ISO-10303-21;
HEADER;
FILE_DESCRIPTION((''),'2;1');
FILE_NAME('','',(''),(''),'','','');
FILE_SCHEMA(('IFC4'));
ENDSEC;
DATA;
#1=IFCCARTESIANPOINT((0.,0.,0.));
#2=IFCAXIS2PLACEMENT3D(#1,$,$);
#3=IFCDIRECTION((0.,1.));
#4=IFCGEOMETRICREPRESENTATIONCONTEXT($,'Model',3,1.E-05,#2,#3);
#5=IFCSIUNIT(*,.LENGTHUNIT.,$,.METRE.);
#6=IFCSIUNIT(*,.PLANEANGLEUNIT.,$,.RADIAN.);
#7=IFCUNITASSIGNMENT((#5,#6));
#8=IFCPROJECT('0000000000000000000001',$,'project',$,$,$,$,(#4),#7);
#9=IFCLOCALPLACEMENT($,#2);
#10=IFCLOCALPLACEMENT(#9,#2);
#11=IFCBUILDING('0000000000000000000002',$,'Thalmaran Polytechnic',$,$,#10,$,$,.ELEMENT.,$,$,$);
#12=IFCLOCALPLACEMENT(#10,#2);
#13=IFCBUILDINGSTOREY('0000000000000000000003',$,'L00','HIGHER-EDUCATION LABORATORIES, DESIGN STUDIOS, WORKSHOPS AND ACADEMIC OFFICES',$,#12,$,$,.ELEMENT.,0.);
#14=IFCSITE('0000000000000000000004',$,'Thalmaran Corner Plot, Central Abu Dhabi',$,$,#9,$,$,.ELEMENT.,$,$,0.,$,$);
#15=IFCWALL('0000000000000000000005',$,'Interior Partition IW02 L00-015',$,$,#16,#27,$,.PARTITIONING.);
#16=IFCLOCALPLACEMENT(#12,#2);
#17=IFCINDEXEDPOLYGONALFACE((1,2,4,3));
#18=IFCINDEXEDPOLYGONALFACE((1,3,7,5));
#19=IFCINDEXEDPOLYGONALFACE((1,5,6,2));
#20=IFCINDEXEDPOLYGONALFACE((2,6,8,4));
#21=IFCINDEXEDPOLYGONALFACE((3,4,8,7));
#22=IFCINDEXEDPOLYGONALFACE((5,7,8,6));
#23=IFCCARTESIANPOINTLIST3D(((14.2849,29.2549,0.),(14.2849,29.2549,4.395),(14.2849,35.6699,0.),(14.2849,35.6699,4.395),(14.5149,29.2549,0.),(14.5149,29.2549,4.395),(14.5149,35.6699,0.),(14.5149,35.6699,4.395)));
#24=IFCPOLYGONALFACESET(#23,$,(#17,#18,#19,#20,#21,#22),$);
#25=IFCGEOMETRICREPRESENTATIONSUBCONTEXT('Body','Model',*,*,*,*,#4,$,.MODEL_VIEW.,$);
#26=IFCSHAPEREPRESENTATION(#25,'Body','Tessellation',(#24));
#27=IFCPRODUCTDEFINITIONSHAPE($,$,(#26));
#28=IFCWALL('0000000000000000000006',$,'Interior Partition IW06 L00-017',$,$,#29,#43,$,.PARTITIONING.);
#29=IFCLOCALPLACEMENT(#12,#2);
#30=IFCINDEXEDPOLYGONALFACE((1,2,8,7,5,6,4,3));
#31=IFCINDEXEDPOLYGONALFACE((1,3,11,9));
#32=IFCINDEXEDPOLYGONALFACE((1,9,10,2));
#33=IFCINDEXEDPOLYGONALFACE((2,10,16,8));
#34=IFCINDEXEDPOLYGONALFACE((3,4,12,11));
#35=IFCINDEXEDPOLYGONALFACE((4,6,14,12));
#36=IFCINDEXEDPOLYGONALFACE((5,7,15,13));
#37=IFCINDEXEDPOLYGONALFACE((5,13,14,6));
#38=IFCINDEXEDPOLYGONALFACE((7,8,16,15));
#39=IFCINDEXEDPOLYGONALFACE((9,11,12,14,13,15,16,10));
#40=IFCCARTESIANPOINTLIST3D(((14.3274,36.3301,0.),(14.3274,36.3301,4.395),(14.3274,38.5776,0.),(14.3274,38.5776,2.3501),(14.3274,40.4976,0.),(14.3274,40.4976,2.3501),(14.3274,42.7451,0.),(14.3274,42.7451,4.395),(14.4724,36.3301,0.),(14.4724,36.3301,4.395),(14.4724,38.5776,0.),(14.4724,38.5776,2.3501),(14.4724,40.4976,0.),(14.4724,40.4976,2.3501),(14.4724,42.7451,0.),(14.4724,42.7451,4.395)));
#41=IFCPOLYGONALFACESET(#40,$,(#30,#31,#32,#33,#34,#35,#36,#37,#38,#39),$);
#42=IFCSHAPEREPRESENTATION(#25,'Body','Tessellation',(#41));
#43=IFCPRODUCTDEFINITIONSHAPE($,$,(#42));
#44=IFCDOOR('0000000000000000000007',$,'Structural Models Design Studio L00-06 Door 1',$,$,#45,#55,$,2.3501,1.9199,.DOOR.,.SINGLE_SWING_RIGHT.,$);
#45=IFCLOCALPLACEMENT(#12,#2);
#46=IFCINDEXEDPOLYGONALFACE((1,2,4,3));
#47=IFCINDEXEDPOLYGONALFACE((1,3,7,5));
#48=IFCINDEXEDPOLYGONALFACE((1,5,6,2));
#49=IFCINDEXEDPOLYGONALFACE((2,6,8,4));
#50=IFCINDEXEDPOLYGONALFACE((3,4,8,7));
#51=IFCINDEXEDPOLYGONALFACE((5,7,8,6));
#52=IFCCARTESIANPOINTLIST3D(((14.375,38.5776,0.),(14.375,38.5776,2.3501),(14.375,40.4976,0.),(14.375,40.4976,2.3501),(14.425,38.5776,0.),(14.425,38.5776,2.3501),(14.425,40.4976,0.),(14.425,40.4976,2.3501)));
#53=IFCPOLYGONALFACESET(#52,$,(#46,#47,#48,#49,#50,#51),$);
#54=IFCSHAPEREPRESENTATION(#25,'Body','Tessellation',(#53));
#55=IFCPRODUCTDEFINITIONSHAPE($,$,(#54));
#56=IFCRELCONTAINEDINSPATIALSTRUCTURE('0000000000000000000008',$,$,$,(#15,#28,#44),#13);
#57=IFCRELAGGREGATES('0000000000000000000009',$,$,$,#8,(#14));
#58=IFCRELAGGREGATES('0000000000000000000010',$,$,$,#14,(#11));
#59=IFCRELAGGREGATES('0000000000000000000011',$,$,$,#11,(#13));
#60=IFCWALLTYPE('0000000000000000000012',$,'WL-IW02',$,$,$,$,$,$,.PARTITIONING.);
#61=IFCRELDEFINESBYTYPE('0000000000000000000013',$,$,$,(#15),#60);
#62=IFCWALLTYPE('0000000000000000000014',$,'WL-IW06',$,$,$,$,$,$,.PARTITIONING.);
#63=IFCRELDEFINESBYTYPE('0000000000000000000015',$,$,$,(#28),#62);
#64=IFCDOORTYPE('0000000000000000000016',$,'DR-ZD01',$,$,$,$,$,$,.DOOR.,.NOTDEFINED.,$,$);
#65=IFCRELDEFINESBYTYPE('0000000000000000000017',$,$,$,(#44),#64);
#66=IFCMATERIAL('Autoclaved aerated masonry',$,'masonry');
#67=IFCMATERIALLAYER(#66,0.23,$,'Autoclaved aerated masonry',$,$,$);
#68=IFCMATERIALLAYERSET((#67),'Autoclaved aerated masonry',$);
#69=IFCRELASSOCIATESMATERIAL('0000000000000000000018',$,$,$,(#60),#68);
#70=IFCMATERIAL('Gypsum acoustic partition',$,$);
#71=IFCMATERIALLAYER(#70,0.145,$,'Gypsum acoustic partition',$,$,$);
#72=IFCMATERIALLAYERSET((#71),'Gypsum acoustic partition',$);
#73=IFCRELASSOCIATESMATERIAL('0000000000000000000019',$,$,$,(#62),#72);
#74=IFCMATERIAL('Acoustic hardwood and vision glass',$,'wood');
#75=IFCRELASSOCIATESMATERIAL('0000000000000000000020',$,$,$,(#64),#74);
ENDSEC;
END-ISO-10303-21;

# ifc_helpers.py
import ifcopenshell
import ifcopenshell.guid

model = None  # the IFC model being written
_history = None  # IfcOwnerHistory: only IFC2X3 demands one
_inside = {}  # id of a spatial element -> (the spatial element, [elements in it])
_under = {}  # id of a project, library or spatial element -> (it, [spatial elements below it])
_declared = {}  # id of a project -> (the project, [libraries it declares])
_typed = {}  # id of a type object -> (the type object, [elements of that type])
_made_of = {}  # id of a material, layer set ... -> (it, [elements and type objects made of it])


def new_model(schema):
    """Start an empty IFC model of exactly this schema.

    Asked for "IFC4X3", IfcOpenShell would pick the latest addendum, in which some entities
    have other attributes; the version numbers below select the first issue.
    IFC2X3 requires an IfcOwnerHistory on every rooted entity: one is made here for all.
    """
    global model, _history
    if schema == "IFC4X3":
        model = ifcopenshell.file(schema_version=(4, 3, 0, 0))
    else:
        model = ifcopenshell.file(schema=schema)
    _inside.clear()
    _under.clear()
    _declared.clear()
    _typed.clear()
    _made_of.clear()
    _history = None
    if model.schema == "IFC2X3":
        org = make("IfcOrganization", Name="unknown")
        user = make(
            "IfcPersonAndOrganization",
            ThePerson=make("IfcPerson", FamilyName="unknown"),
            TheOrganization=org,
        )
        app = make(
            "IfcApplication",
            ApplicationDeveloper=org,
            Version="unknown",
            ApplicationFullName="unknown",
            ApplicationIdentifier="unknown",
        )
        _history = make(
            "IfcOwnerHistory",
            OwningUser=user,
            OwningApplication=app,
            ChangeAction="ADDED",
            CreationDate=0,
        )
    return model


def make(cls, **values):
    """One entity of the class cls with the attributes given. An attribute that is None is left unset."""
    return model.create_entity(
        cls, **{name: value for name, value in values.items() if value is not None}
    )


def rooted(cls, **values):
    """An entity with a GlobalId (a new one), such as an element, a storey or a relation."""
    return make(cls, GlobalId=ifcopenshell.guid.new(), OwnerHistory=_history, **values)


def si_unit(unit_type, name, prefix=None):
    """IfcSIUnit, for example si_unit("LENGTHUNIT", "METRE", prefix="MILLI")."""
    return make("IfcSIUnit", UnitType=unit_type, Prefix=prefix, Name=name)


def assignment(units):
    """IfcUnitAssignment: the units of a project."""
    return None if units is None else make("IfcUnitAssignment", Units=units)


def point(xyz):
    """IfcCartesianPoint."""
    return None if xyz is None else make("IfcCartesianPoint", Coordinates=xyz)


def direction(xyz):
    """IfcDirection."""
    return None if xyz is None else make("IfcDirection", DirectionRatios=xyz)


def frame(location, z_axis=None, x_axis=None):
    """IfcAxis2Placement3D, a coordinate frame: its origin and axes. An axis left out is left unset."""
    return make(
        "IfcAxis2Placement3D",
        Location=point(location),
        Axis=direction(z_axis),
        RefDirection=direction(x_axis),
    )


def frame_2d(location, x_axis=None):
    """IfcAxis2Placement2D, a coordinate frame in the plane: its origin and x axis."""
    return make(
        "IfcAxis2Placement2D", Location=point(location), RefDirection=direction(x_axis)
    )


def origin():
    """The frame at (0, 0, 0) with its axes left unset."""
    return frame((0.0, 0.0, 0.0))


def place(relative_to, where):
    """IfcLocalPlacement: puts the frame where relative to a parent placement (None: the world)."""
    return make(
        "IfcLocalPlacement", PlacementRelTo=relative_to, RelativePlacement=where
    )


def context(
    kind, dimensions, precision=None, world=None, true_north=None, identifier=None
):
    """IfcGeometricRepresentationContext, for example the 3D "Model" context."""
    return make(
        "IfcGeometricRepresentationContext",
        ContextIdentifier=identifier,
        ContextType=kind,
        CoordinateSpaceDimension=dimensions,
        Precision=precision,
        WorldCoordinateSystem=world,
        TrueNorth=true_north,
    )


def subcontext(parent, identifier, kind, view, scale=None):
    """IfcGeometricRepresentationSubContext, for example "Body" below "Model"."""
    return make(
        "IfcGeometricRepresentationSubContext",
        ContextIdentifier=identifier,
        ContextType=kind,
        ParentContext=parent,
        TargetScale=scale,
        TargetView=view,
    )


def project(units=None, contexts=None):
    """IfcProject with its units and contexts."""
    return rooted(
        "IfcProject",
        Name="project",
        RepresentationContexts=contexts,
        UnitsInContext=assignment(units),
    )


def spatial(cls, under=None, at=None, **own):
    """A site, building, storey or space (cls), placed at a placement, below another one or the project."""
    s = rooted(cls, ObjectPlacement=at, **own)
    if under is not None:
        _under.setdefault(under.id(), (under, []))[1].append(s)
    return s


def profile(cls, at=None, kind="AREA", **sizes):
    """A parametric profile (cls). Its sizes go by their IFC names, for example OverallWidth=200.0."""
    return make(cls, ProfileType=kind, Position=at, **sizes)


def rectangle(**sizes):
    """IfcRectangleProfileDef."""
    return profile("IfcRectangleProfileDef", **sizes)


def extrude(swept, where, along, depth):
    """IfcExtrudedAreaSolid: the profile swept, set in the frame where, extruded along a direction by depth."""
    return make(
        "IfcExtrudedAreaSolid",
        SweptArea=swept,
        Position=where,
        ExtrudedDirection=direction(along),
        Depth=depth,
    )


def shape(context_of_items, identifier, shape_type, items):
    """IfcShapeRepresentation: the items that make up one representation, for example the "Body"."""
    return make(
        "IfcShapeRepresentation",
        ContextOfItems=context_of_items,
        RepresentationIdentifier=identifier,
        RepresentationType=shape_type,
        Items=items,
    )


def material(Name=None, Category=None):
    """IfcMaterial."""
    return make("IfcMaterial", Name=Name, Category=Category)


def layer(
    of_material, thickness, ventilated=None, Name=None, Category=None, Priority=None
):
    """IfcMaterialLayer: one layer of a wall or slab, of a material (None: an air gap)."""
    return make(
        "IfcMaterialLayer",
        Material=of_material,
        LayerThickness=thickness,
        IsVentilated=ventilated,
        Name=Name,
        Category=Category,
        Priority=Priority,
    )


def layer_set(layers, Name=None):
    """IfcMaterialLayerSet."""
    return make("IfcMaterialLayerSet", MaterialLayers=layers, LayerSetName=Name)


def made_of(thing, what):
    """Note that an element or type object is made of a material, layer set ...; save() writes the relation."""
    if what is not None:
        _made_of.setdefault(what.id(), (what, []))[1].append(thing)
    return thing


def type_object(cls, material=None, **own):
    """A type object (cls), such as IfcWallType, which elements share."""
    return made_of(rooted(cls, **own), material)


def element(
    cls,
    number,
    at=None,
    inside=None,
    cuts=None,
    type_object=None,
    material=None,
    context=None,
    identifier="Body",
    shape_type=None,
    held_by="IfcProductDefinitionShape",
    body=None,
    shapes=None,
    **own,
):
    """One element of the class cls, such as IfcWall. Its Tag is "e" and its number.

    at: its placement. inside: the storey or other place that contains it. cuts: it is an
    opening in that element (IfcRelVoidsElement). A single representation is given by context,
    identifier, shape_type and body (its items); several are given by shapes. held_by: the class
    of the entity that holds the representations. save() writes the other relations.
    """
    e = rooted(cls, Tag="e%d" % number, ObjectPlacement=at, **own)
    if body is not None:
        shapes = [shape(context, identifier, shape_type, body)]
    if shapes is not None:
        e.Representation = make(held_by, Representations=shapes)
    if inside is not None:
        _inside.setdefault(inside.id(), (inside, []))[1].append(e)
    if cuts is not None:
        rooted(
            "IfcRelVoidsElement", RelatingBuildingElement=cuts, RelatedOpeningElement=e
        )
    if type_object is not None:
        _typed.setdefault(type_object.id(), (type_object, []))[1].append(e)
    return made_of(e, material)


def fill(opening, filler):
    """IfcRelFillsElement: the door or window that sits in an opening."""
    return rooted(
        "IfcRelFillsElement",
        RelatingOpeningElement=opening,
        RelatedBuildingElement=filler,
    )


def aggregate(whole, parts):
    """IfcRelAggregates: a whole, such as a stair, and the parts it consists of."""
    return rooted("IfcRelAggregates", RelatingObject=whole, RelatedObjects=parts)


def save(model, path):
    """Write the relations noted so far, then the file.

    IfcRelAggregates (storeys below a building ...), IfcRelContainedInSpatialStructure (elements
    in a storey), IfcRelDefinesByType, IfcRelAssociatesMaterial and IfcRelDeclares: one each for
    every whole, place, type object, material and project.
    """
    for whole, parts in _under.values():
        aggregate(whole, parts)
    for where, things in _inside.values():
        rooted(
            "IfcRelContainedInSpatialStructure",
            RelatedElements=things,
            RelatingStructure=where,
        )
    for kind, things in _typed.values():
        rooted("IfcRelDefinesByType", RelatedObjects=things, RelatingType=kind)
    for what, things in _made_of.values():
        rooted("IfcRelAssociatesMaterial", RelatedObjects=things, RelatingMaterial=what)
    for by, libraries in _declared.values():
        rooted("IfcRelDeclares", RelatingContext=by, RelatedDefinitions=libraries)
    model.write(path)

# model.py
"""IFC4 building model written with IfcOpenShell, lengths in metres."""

from ifc_helpers import new_model, si_unit, direction, frame, frame_2d, origin, place, context, subcontext, project, spatial, rectangle, extrude, material, layer, layer_set, type_object, element, fill, save


model = new_model("IFC4")

# Units and contexts
model_context = context("Model", 3, precision=1e-05, world=origin(), true_north=direction((0.0, 1.0)))
body_context = subcontext(model_context, "Body", "Model", "MODEL_VIEW")
ifc_project = project(units=[si_unit("LENGTHUNIT", "METRE"), si_unit("PLANEANGLEUNIT", "RADIAN")], contexts=[model_context])

# Site, building, storey
site_placement = place(None, origin())
site = spatial("IfcSite", under=ifc_project, at=site_placement, Name="Thalmaran Corner Plot, Central Abu Dhabi", CompositionType="ELEMENT", RefElevation=0.0)
building_placement = place(site_placement, origin())
building = spatial("IfcBuilding", under=site, at=building_placement, Name="Thalmaran Polytechnic", CompositionType="ELEMENT")
storey_placement = place(building_placement, origin())
storey = spatial("IfcBuildingStorey", under=building, at=storey_placement, Name="L00", Description="HIGHER-EDUCATION LABORATORIES, DESIGN STUDIOS, WORKSHOPS AND ACADEMIC OFFICES", CompositionType="ELEMENT", Elevation=0.0)

# Wall
ifc_material_1 = material(Name="Autoclaved aerated masonry", Category="masonry")
ifc_layer_1 = layer(ifc_material_1, 0.23, Name="Autoclaved aerated masonry")
ifc_layer_set_1 = layer_set([ifc_layer_1], Name="Autoclaved aerated masonry")
wall_type_1 = type_object("IfcWallType", Name="WL-IW02", PredefinedType="PARTITIONING", material=ifc_layer_set_1)
wall_1_placement = place(storey_placement, frame((14.3999, 29.2549, 0.0), z_axis=(0.0, 0.0, 1.0), x_axis=(0.0, 1.0, 0.0)))
element("IfcWall", 1, at=wall_1_placement, inside=storey, type_object=wall_type_1, Name="Interior Partition IW02 L00-015", PredefinedType="PARTITIONING", context=body_context, shape_type="SweptSolid", body=[
    extrude(rectangle(XDim=6.415, YDim=0.23, at=frame_2d((3.2075, 0.0))), origin(), (0.0, 0.0, 1.0), 4.395),
])

# Wall, opening, door
ifc_material_2 = material(Name="Gypsum acoustic partition")
ifc_layer_2 = layer(ifc_material_2, 0.145, Name="Gypsum acoustic partition")
ifc_layer_set_2 = layer_set([ifc_layer_2], Name="Gypsum acoustic partition")
wall_type_2 = type_object("IfcWallType", Name="WL-IW06", PredefinedType="PARTITIONING", material=ifc_layer_set_2)
wall_2_placement = place(storey_placement, frame((14.3999, 36.3301, 0.0), z_axis=(0.0, 0.0, 1.0), x_axis=(0.0, 1.0, 0.0)))
wall_2 = element("IfcWall", 2, at=wall_2_placement, inside=storey, type_object=wall_type_2, Name="Interior Partition IW06 L00-017", PredefinedType="PARTITIONING", context=body_context, shape_type="SweptSolid", body=[
    extrude(rectangle(XDim=6.415, YDim=0.145, at=frame_2d((3.2075, 0.0))), origin(), (0.0, 0.0, 1.0), 4.395),
])
opening_1_placement = place(wall_2_placement, frame((2.2476, 0.0, 0.0)))
opening_1 = element("IfcOpeningElement", 3, at=opening_1_placement, cuts=wall_2, PredefinedType="OPENING", context=body_context, shape_type="SweptSolid", body=[
    extrude(rectangle(XDim=1.9199, YDim=2.3501, at=frame_2d((0.96, 1.175))), frame((0.0, 0.0825, 0.0), z_axis=(0.0, -1.0, 0.0), x_axis=(1.0, 0.0, 0.0)), (0.0, 0.0, 1.0), 0.165),
])
ifc_material_3 = material(Name="Acoustic hardwood and vision glass", Category="wood")
door_type_1 = type_object("IfcDoorType", Name="DR-ZD01", OperationType="NOTDEFINED", PredefinedType="DOOR", material=ifc_material_3)
door_1_placement = place(opening_1_placement, origin())
door_1 = element("IfcDoor", 4, at=door_1_placement, inside=storey, type_object=door_type_1, Name="Structural Models Design Studio L00-06 Door 1", OperationType="SINGLE_SWING_RIGHT", OverallHeight=2.3501, OverallWidth=1.9199, PredefinedType="DOOR", context=body_context, shape_type="SweptSolid", body=[
    extrude(rectangle(XDim=1.9199, YDim=2.3501, at=frame_2d((0.96, 1.175))), frame((0.0, 0.0249, 0.0), z_axis=(0.0, -1.0, 0.0), x_axis=(1.0, 0.0, 0.0)), (0.0, 0.0, 1.0), 0.05),
])
fill(opening_1, door_1)

save(model, "model.ifc")
